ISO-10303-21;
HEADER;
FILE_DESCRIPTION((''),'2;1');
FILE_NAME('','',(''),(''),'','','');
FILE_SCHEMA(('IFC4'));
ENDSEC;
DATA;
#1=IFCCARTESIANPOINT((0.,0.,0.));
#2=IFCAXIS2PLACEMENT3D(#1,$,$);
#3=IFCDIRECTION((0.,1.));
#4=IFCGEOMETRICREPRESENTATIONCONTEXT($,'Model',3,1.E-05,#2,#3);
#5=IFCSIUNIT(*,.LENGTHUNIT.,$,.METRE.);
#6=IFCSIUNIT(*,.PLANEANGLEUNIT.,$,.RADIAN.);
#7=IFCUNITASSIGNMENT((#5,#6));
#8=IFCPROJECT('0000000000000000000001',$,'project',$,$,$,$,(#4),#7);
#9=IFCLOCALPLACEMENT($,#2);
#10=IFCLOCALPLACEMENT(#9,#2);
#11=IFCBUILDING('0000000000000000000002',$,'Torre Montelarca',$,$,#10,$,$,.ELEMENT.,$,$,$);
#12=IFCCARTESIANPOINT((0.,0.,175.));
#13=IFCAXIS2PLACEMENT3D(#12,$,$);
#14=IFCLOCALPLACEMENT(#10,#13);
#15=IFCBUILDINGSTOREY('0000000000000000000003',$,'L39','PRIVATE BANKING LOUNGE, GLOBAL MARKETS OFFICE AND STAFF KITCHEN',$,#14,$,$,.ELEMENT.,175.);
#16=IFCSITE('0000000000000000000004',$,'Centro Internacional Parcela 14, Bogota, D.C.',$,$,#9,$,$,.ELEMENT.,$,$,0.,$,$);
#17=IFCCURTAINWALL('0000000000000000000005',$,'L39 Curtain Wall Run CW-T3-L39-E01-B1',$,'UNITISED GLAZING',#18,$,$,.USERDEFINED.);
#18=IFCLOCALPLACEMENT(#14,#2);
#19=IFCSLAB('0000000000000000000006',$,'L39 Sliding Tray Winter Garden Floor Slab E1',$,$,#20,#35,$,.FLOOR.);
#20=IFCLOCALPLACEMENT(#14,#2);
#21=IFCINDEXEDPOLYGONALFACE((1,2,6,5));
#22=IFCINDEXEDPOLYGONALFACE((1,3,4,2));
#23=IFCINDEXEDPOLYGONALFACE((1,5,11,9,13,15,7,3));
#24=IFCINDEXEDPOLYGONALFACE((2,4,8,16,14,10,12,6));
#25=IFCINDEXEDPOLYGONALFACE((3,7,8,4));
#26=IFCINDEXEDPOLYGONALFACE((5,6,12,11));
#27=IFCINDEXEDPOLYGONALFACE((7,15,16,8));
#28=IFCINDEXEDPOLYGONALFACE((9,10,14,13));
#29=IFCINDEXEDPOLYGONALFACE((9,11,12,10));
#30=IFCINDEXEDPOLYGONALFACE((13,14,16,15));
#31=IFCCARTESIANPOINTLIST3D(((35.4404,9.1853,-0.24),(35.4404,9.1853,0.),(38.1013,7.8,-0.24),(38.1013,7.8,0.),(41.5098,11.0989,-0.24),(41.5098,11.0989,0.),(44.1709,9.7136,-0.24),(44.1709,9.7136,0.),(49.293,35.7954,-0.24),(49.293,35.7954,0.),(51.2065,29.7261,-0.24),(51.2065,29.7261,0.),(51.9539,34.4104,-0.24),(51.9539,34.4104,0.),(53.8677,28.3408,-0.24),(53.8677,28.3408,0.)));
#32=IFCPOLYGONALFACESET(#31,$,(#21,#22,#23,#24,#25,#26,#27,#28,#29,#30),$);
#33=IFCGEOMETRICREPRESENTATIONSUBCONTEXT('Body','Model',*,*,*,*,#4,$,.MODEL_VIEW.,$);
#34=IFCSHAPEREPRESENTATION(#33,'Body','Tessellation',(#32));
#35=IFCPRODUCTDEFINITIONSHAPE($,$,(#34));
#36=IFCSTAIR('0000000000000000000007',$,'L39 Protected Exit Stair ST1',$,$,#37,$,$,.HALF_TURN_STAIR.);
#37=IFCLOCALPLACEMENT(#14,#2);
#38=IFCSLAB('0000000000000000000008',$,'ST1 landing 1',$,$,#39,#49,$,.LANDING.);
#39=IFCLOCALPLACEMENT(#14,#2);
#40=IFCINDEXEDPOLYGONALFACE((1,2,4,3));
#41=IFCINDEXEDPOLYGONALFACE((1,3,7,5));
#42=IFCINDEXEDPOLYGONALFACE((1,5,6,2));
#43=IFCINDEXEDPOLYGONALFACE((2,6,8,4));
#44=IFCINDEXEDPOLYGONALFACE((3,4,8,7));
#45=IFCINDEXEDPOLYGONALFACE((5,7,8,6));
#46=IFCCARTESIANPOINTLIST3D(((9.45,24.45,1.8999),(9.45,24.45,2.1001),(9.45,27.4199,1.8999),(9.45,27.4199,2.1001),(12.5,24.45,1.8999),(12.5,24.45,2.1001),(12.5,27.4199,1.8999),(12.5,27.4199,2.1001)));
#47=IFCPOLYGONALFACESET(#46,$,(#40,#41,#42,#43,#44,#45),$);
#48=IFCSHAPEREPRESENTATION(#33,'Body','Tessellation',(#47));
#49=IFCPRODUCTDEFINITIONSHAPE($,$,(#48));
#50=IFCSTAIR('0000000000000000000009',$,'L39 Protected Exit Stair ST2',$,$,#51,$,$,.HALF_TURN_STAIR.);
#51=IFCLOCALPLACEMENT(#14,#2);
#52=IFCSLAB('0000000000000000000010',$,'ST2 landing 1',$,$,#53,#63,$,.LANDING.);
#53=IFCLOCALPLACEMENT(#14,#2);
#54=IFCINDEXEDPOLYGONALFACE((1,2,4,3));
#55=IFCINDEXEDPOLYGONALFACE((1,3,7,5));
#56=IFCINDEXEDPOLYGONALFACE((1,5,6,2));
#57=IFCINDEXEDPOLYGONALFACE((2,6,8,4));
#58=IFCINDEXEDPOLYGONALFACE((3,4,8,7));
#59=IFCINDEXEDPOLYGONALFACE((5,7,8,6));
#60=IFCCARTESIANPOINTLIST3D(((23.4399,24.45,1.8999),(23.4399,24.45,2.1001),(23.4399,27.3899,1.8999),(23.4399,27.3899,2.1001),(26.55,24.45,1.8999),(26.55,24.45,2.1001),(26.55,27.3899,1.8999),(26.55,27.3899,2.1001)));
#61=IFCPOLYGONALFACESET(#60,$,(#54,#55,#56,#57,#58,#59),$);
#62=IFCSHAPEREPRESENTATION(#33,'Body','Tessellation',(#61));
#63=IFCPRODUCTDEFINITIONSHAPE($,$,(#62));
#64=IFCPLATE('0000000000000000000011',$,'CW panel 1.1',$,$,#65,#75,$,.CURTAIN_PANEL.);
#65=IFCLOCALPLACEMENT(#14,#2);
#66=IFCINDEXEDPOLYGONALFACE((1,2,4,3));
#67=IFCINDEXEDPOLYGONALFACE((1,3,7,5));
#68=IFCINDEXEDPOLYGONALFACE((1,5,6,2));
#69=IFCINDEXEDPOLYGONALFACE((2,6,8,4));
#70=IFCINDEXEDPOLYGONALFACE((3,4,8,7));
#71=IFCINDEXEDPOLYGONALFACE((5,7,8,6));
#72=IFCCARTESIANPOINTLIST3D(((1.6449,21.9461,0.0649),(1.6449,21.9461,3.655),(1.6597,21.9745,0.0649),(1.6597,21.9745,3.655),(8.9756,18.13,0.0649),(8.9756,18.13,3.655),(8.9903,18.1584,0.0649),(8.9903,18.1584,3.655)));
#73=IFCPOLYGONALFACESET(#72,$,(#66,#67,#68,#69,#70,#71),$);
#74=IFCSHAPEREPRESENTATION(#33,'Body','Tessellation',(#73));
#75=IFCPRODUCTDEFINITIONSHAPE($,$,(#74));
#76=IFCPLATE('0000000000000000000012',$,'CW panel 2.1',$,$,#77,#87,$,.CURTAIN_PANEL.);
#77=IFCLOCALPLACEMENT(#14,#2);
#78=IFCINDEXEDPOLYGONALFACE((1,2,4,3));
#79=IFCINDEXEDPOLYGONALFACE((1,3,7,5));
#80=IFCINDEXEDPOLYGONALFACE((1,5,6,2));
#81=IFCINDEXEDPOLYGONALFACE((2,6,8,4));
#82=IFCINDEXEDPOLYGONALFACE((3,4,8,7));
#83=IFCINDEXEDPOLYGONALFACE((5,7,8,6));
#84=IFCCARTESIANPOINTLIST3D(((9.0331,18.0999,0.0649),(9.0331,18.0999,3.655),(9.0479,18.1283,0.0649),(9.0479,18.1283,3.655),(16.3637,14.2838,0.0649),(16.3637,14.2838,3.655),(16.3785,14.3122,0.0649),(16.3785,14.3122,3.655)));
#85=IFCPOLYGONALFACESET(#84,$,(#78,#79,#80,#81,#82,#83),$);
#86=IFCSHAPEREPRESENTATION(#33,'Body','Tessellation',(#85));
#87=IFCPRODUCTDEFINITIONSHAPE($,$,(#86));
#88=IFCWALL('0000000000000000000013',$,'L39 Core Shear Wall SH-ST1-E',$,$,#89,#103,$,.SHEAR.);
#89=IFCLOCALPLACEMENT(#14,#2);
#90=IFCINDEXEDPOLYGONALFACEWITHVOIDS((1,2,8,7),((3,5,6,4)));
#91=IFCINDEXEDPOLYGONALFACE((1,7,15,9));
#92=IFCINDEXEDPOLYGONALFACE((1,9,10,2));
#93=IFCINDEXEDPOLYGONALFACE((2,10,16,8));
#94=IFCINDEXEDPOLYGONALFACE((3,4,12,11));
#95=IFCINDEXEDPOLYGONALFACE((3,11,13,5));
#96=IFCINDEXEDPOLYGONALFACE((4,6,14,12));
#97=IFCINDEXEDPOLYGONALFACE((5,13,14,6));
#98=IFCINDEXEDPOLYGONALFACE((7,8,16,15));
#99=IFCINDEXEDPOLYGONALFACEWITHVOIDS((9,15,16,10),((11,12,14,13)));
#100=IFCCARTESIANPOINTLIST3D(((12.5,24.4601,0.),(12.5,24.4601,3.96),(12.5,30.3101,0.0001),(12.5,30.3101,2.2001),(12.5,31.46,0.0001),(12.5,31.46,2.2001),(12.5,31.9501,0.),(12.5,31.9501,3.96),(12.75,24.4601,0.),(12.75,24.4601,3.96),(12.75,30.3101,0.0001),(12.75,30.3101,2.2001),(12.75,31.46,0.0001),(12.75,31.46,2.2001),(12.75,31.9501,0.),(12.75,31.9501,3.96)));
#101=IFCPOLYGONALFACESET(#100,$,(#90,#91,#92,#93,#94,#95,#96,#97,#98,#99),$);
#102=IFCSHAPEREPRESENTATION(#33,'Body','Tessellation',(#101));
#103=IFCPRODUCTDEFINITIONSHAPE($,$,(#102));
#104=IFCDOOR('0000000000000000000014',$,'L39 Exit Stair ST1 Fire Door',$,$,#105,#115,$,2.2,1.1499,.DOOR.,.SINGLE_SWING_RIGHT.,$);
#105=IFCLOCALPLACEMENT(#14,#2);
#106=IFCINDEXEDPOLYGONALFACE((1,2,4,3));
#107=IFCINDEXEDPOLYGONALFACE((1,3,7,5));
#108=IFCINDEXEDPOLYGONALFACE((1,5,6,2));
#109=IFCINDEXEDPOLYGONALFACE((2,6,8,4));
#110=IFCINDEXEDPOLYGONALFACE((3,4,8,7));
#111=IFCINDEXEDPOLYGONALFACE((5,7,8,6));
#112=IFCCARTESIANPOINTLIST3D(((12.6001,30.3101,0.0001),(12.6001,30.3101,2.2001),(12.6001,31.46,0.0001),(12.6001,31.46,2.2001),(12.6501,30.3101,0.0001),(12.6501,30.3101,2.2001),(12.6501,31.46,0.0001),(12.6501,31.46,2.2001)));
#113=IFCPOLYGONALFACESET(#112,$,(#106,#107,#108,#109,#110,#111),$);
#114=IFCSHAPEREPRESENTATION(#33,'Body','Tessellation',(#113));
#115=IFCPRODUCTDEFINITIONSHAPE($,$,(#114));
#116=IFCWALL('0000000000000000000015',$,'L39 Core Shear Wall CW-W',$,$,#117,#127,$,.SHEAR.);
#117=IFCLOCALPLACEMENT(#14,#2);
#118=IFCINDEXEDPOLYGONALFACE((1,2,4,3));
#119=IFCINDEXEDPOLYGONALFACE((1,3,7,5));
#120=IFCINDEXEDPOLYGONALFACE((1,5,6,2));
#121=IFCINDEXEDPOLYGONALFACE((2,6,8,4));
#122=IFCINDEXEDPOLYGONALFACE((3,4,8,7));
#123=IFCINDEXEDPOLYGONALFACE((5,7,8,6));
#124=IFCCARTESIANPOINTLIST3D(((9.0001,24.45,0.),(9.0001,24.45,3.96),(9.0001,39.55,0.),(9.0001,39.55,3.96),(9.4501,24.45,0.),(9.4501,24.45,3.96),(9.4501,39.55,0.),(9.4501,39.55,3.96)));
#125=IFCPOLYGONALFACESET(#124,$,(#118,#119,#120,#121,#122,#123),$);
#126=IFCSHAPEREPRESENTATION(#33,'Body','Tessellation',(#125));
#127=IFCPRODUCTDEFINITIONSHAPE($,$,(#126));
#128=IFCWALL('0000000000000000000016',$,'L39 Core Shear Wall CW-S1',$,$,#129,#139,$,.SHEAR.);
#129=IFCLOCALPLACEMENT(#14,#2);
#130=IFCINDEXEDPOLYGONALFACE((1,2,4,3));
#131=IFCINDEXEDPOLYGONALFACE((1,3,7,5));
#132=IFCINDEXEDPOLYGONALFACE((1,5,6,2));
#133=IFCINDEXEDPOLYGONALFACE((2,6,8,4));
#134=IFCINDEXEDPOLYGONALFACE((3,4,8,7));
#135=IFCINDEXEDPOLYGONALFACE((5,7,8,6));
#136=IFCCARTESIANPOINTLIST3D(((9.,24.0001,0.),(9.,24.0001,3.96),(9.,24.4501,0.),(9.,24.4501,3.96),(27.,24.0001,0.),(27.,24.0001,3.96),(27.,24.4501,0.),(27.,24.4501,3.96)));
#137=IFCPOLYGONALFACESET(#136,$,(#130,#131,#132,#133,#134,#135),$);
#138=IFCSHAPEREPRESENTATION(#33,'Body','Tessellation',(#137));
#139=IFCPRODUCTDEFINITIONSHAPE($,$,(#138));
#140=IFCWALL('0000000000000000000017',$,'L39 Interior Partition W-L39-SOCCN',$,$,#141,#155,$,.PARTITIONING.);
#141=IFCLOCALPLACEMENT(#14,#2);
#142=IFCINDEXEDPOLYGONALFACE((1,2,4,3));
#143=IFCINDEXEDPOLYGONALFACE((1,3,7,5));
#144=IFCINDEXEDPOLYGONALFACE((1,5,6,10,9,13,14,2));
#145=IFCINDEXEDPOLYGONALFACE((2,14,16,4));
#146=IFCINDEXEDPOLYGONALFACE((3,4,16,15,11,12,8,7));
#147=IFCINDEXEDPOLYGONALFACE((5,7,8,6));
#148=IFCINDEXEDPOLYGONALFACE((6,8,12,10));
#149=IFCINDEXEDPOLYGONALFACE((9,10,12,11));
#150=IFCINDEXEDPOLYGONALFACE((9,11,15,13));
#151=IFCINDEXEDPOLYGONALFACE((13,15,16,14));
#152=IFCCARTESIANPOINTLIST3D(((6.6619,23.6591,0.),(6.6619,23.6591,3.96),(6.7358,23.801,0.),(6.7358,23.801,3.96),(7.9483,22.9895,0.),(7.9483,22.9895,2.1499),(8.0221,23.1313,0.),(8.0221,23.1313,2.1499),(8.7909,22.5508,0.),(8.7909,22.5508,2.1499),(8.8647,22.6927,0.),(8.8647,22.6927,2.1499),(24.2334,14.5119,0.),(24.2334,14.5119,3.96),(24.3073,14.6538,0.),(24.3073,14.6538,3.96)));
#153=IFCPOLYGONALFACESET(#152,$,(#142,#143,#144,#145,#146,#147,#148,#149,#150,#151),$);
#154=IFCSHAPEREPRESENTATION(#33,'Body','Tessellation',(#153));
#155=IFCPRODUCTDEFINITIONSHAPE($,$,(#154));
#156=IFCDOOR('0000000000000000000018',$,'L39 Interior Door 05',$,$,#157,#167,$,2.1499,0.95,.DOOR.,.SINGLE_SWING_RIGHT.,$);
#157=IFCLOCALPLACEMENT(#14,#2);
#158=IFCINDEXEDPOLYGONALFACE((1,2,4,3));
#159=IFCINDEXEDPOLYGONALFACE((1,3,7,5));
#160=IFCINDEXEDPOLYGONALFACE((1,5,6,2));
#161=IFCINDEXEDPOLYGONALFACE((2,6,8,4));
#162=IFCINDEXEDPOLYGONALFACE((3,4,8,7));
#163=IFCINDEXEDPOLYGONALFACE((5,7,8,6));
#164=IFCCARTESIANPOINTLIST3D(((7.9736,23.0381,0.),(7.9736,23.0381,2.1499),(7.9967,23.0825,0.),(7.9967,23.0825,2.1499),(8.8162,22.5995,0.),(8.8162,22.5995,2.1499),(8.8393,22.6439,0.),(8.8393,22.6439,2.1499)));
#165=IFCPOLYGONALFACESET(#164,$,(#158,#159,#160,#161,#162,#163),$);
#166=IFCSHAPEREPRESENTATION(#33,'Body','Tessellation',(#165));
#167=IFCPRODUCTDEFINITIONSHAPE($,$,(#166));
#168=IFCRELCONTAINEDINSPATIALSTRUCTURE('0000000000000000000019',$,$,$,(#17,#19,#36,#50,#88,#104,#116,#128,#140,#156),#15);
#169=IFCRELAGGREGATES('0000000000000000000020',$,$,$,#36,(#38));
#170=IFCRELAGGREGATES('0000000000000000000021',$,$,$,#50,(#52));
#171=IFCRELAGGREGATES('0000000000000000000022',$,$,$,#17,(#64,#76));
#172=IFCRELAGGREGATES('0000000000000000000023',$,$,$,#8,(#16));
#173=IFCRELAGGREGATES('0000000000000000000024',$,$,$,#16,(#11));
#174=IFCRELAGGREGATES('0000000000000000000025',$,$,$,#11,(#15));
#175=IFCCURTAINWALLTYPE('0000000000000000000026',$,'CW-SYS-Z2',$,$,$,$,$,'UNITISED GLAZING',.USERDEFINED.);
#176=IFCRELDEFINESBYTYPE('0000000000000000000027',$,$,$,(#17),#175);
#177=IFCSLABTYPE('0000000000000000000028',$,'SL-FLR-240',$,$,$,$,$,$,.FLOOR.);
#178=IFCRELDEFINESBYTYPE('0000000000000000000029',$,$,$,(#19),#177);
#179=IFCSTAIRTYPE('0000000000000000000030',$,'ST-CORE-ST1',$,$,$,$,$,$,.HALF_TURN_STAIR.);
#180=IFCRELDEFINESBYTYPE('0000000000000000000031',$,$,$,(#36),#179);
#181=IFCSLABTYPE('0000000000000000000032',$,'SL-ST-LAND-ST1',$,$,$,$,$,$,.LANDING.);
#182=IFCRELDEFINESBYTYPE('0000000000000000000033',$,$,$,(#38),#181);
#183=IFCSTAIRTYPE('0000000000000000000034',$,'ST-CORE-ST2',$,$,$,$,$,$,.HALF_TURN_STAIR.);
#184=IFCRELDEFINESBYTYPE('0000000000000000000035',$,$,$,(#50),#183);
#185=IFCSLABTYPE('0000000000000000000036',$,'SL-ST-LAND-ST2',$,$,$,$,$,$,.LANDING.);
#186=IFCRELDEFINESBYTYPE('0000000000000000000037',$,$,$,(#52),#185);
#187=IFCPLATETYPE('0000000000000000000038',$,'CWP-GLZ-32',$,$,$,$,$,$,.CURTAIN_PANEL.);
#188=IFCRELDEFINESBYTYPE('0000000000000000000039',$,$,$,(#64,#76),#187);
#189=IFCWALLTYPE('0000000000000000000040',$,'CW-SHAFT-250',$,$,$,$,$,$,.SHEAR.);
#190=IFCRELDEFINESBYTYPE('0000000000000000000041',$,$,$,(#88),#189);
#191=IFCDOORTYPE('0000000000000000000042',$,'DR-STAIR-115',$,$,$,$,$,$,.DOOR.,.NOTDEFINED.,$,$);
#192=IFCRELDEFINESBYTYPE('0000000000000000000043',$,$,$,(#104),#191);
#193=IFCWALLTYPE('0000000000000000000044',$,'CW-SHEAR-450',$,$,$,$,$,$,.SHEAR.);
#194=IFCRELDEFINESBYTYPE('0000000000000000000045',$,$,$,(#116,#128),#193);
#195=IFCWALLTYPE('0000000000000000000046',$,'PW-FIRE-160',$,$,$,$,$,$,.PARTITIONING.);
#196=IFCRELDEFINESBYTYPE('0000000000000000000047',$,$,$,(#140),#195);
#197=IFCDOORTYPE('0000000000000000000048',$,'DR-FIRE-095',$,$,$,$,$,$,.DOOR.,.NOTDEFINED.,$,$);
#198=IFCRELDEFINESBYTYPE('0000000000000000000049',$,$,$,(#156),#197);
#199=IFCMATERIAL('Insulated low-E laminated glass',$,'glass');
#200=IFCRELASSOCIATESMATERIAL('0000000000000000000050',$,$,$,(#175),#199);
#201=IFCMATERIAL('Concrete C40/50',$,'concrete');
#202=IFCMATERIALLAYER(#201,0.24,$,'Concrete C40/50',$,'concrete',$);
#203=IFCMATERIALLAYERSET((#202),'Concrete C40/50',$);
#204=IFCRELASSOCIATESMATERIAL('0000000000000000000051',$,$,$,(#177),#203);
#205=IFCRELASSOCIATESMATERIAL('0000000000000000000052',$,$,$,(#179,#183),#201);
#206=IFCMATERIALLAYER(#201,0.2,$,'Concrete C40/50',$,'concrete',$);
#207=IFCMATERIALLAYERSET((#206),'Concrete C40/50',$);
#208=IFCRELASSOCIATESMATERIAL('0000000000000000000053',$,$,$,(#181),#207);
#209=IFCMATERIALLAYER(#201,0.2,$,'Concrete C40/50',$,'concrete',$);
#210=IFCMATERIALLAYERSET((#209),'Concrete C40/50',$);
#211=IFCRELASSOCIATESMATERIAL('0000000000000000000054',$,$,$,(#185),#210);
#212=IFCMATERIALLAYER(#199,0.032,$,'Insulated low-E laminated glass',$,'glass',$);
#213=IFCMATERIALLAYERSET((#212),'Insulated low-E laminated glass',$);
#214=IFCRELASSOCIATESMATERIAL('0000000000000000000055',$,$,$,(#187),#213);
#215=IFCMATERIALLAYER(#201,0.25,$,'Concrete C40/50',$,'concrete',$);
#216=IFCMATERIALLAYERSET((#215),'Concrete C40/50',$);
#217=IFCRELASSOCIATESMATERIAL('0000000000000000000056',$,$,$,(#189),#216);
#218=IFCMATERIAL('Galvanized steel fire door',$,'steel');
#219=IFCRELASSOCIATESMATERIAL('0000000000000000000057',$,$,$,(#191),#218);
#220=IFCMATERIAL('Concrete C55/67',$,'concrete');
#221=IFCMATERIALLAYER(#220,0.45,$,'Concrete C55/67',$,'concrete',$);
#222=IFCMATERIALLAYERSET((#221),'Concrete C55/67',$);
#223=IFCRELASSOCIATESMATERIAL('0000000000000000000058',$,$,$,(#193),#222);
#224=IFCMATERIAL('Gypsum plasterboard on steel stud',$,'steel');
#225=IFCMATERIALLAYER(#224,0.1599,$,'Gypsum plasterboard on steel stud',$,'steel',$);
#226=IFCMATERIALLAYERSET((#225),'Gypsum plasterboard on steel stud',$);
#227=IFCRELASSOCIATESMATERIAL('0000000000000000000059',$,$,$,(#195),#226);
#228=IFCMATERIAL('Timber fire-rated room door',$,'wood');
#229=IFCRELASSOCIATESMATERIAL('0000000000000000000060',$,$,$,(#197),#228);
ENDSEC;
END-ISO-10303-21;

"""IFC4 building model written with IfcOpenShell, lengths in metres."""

from ifc_helpers import new_model, si_unit, direction, frame, frame_2d, origin, origin_2d, place, context, subcontext, project, spatial, polyline, rectangle, outline, extrude, source, transform, mapped, material, layer, layer_set, type_object, element, fill, aggregate, save


model = new_model("IFC4")

# Units and contexts
model_context = context("Model", 3, precision=1e-05, world=origin(), true_north=direction((0.0, 1.0)))
body_context = subcontext(model_context, "Body", "Model", "MODEL_VIEW")
ifc_project = project(units=[si_unit("LENGTHUNIT", "METRE"), si_unit("PLANEANGLEUNIT", "RADIAN")], contexts=[model_context])

# Site, building, storey
site_placement = place(None, origin())
site = spatial("IfcSite", under=ifc_project, at=site_placement, Name="Centro Internacional Parcela 14, Bogota, D.C.", CompositionType="ELEMENT", RefElevation=0.0)
building_placement = place(site_placement, origin())
building = spatial("IfcBuilding", under=site, at=building_placement, Name="Torre Montelarca", CompositionType="ELEMENT")
storey_placement = place(building_placement, frame((0.0, 0.0, 175.0)))
storey = spatial("IfcBuildingStorey", under=building, at=storey_placement, Name="L39", Description="PRIVATE BANKING LOUNGE, GLOBAL MARKETS OFFICE AND STAFF KITCHEN", CompositionType="ELEMENT", Elevation=175.0)

# Shared definitions
ifc_material_1 = material(Name="Concrete C55/67", Category="concrete")

# Curtain wall
ifc_material_2 = material(Name="Insulated low-E laminated glass", Category="glass")
curtain_wall_type = type_object("IfcCurtainWallType", Name="CW-SYS-Z2", ElementType="UNITISED GLAZING", PredefinedType="USERDEFINED", material=ifc_material_2)
curtain_wall_1_placement = place(storey_placement, origin())
curtain_wall_1 = element("IfcCurtainWall", 1, at=curtain_wall_1_placement, inside=storey, type_object=curtain_wall_type, Name="L39 Curtain Wall Run CW-T3-L39-E01-B1", ObjectType="UNITISED GLAZING", PredefinedType="USERDEFINED")

# Slab
ifc_material_3 = material(Name="Concrete C40/50", Category="concrete")
ifc_layer_1 = layer(ifc_material_3, 0.24, Name="Concrete C40/50", Category="concrete")
ifc_layer_set_1 = layer_set([ifc_layer_1], Name="Concrete C40/50")
slab_type_1 = type_object("IfcSlabType", Name="SL-FLR-240", PredefinedType="FLOOR", material=ifc_layer_set_1)
slab_1_placement = place(storey_placement, frame((0.0, 0.0, -0.24)))
element("IfcSlab", 2, at=slab_1_placement, inside=storey, type_object=slab_type_1, Name="L39 Sliding Tray Winter Garden Floor Slab E1", PredefinedType="FLOOR", context=body_context, shape_type="SweptSolid", body=[
    extrude(outline(polyline([(49.293, 35.7954), (51.2065, 29.7261), (41.5098, 11.0989), (35.4404, 9.1853), (38.1013, 7.8), (44.1709, 9.7136), (53.8677, 28.3408), (51.9539, 34.4104), (49.293, 35.7954)])), origin(), (0.0, 0.0, 1.0), 0.24),
])

# Stairs, slabs
stair_type_1 = type_object("IfcStairType", Name="ST-CORE-ST1", PredefinedType="HALF_TURN_STAIR", material=ifc_material_3)
stair_1_placement = place(storey_placement, origin())
stair_1 = element("IfcStair", 3, at=stair_1_placement, inside=storey, type_object=stair_type_1, Name="L39 Protected Exit Stair ST1", PredefinedType="HALF_TURN_STAIR")
ifc_layer_2 = layer(ifc_material_3, 0.2, Name="Concrete C40/50", Category="concrete")
ifc_layer_set_2 = layer_set([ifc_layer_2], Name="Concrete C40/50")
slab_type_2 = type_object("IfcSlabType", Name="SL-ST-LAND-ST1", PredefinedType="LANDING", material=ifc_layer_set_2)
slab_2_placement = place(storey_placement, frame((0.0, 0.0, 1.8999)))
slab_2 = element("IfcSlab", 4, at=slab_2_placement, type_object=slab_type_2, Name="ST1 landing 1", PredefinedType="LANDING", context=body_context, shape_type="SweptSolid", body=[
    extrude(outline(polyline([(9.45, 27.4199), (9.45, 24.45), (12.5, 24.45), (12.5, 27.4199), (9.45, 27.4199)])), origin(), (0.0, 0.0, 1.0), 0.2002),
])
aggregate(stair_1, [slab_2])
stair_type_2 = type_object("IfcStairType", Name="ST-CORE-ST2", PredefinedType="HALF_TURN_STAIR", material=ifc_material_3)
stair_2_placement = place(storey_placement, origin())
stair_2 = element("IfcStair", 5, at=stair_2_placement, inside=storey, type_object=stair_type_2, Name="L39 Protected Exit Stair ST2", PredefinedType="HALF_TURN_STAIR")
ifc_layer_3 = layer(ifc_material_3, 0.2, Name="Concrete C40/50", Category="concrete")
ifc_layer_set_3 = layer_set([ifc_layer_3], Name="Concrete C40/50")
slab_type_3 = type_object("IfcSlabType", Name="SL-ST-LAND-ST2", PredefinedType="LANDING", material=ifc_layer_set_3)
slab_3_placement = place(storey_placement, frame((0.0, 0.0, 1.8999)))
slab_3 = element("IfcSlab", 6, at=slab_3_placement, type_object=slab_type_3, Name="ST2 landing 1", PredefinedType="LANDING", context=body_context, shape_type="SweptSolid", body=[
    extrude(outline(polyline([(23.4399, 27.3899), (23.4399, 24.45), (26.55, 24.45), (26.55, 27.3899), (23.4399, 27.3899)])), origin(), (0.0, 0.0, 1.0), 0.2002),
])
aggregate(stair_2, [slab_3])

# Plates
ifc_layer_4 = layer(ifc_material_2, 0.032, Name="Insulated low-E laminated glass", Category="glass")
ifc_layer_set_4 = layer_set([ifc_layer_4], Name="Insulated low-E laminated glass")
plate_type = type_object("IfcPlateType", Name="CWP-GLZ-32", PredefinedType="CURTAIN_PANEL", material=ifc_layer_set_4)
shared_shape_1 = source(origin(), body_context, "Body", "SweptSolid", [
    extrude(rectangle(XDim=8.2644, YDim=0.032, at=origin_2d()), origin(), (0.0, 0.0, 1.0), 3.5901),
])
plate_1_placement = place(storey_placement, frame((5.3176, 20.0522, 0.0649), z_axis=(0.0, 0.0, 1.0), x_axis=(0.887012, -0.461747, 0.0)))
plate_1 = element("IfcPlate", 7, at=plate_1_placement, type_object=plate_type, Name="CW panel 1.1", PredefinedType="CURTAIN_PANEL", context=body_context, shape_type="MappedRepresentation", body=[
    mapped(shared_shape_1, transform((0.0, 0.0, 0.0), scale=1.0)),
])
plate_2_placement = place(storey_placement, frame((12.7058, 16.2061, 0.0649), z_axis=(0.0, 0.0, 1.0), x_axis=(0.887012, -0.461747, 0.0)))
plate_2 = element("IfcPlate", 8, at=plate_2_placement, type_object=plate_type, Name="CW panel 2.1", PredefinedType="CURTAIN_PANEL", context=body_context, shape_type="MappedRepresentation", body=[
    mapped(shared_shape_1, transform((0.0, 0.0, 0.0), scale=1.0)),
])
aggregate(curtain_wall_1, [plate_1, plate_2])

# Wall, opening, door
ifc_layer_5 = layer(ifc_material_3, 0.25, Name="Concrete C40/50", Category="concrete")
ifc_layer_set_5 = layer_set([ifc_layer_5], Name="Concrete C40/50")
wall_type_1 = type_object("IfcWallType", Name="CW-SHAFT-250", PredefinedType="SHEAR", material=ifc_layer_set_5)
wall_1_placement = place(storey_placement, frame((12.625, 24.46, 0.0), z_axis=(0.0, 0.0, 1.0), x_axis=(0.0, 1.0, 0.0)))
wall_1 = element("IfcWall", 9, at=wall_1_placement, inside=storey, type_object=wall_type_1, Name="L39 Core Shear Wall SH-ST1-E", PredefinedType="SHEAR", context=body_context, shape_type="SweptSolid", body=[
    extrude(rectangle(XDim=7.49, YDim=0.25, at=frame_2d((3.7451, 0.0))), origin(), (0.0, 0.0, 1.0), 3.96),
])
opening_1_placement = place(wall_1_placement, frame((5.8501, 0.0, 0.0)))
opening_1 = element("IfcOpeningElement", 10, at=opening_1_placement, cuts=wall_1, PredefinedType="OPENING", context=body_context, shape_type="SweptSolid", body=[
    extrude(rectangle(XDim=1.1499, YDim=2.2, at=frame_2d((0.575, 1.1001))), frame((0.0, 0.135, 0.0), z_axis=(0.0, -1.0, 0.0), x_axis=(1.0, 0.0, 0.0)), (0.0, 0.0, 1.0), 0.27),
])
ifc_material_4 = material(Name="Galvanized steel fire door", Category="steel")
door_type_1 = type_object("IfcDoorType", Name="DR-STAIR-115", OperationType="NOTDEFINED", PredefinedType="DOOR", material=ifc_material_4)
shared_shape_2 = source(origin(), body_context, "Body", "SweptSolid", [
    extrude(rectangle(XDim=1.1499, YDim=2.2, at=frame_2d((0.575, 1.1001))), frame((0.0, 0.0249, 0.0), z_axis=(0.0, -1.0, 0.0), x_axis=(1.0, 0.0, 0.0)), (0.0, 0.0, 1.0), 0.05),
])
door_1_placement = place(opening_1_placement, origin())
door_1 = element("IfcDoor", 11, at=door_1_placement, inside=storey, type_object=door_type_1, Name="L39 Exit Stair ST1 Fire Door", OperationType="SINGLE_SWING_RIGHT", OverallHeight=2.2, OverallWidth=1.1499, PredefinedType="DOOR", context=body_context, shape_type="MappedRepresentation", body=[
    mapped(shared_shape_2, transform((0.0, 0.0, 0.0), scale=1.0)),
])
fill(opening_1, door_1)

# Walls
ifc_layer_6 = layer(ifc_material_1, 0.45, Name="Concrete C55/67", Category="concrete")
ifc_layer_set_6 = layer_set([ifc_layer_6], Name="Concrete C55/67")
wall_type_2 = type_object("IfcWallType", Name="CW-SHEAR-450", PredefinedType="SHEAR", material=ifc_layer_set_6)
wall_2_placement = place(storey_placement, frame((9.2251, 24.45, 0.0), z_axis=(0.0, 0.0, 1.0), x_axis=(0.0, 1.0, 0.0)))
element("IfcWall", 12, at=wall_2_placement, inside=storey, type_object=wall_type_2, Name="L39 Core Shear Wall CW-W", PredefinedType="SHEAR", context=body_context, shape_type="SweptSolid", body=[
    extrude(rectangle(XDim=15.1001, YDim=0.45, at=frame_2d((7.55, 0.0))), origin(), (0.0, 0.0, 1.0), 3.96),
])
wall_3_placement = place(storey_placement, frame((9.0, 24.2251, 0.0), z_axis=(0.0, 0.0, 1.0), x_axis=(1.0, 0.0, 0.0)))
element("IfcWall", 13, at=wall_3_placement, inside=storey, type_object=wall_type_2, Name="L39 Core Shear Wall CW-S1", PredefinedType="SHEAR", context=body_context, shape_type="SweptSolid", body=[
    extrude(rectangle(XDim=18.0, YDim=0.45, at=frame_2d((9.0, 0.0))), origin(), (0.0, 0.0, 1.0), 3.96),
])

# Wall, opening, door
ifc_material_5 = material(Name="Gypsum plasterboard on steel stud", Category="steel")
ifc_layer_7 = layer(ifc_material_5, 0.1599, Name="Gypsum plasterboard on steel stud", Category="steel")
ifc_layer_set_7 = layer_set([ifc_layer_7], Name="Gypsum plasterboard on steel stud")
wall_type_3 = type_object("IfcWallType", Name="PW-FIRE-160", PredefinedType="PARTITIONING", material=ifc_layer_set_7)
wall_4_placement = place(storey_placement, frame((6.699, 23.73, 0.0), z_axis=(0.0, 0.0, 1.0), x_axis=(0.88701, -0.461751, 0.0)))
wall_4 = element("IfcWall", 14, at=wall_4_placement, inside=storey, type_object=wall_type_3, Name="L39 Interior Partition W-L39-SOCCN", PredefinedType="PARTITIONING", context=body_context, shape_type="SweptSolid", body=[
    extrude(rectangle(XDim=19.8098, YDim=0.1599, at=frame_2d((9.9048, 0.0))), origin(), (0.0, 0.0, 1.0), 3.96),
])
opening_2_placement = place(wall_4_placement, frame((1.45, 0.0, 0.0)))
opening_2 = element("IfcOpeningElement", 15, at=opening_2_placement, cuts=wall_4, PredefinedType="OPENING", context=body_context, shape_type="SweptSolid", body=[
    extrude(rectangle(XDim=0.95, YDim=2.1499, at=frame_2d((0.4751, 1.075))), frame((0.0, 0.0898, 0.0), z_axis=(0.0, -1.0, 0.0), x_axis=(1.0, 0.0, 0.0)), (0.0, 0.0, 1.0), 0.1799),
])
ifc_material_6 = material(Name="Timber fire-rated room door", Category="wood")
door_type_2 = type_object("IfcDoorType", Name="DR-FIRE-095", OperationType="NOTDEFINED", PredefinedType="DOOR", material=ifc_material_6)
shared_shape_3 = source(origin(), body_context, "Body", "SweptSolid", [
    extrude(rectangle(XDim=0.95, YDim=2.1499, at=frame_2d((0.4751, 1.075))), frame((0.0, 0.0249, 0.0), z_axis=(0.0, -1.0, 0.0), x_axis=(1.0, 0.0, 0.0)), (0.0, 0.0, 1.0), 0.05),
])
door_2_placement = place(opening_2_placement, origin())
door_2 = element("IfcDoor", 16, at=door_2_placement, inside=storey, type_object=door_type_2, Name="L39 Interior Door 05", OperationType="SINGLE_SWING_RIGHT", OverallHeight=2.1499, OverallWidth=0.95, PredefinedType="DOOR", context=body_context, shape_type="MappedRepresentation", body=[
    mapped(shared_shape_3, transform((0.0, 0.0, 0.0), scale=1.0)),
])
fill(opening_2, door_2)

save(model, "model.ifc")
